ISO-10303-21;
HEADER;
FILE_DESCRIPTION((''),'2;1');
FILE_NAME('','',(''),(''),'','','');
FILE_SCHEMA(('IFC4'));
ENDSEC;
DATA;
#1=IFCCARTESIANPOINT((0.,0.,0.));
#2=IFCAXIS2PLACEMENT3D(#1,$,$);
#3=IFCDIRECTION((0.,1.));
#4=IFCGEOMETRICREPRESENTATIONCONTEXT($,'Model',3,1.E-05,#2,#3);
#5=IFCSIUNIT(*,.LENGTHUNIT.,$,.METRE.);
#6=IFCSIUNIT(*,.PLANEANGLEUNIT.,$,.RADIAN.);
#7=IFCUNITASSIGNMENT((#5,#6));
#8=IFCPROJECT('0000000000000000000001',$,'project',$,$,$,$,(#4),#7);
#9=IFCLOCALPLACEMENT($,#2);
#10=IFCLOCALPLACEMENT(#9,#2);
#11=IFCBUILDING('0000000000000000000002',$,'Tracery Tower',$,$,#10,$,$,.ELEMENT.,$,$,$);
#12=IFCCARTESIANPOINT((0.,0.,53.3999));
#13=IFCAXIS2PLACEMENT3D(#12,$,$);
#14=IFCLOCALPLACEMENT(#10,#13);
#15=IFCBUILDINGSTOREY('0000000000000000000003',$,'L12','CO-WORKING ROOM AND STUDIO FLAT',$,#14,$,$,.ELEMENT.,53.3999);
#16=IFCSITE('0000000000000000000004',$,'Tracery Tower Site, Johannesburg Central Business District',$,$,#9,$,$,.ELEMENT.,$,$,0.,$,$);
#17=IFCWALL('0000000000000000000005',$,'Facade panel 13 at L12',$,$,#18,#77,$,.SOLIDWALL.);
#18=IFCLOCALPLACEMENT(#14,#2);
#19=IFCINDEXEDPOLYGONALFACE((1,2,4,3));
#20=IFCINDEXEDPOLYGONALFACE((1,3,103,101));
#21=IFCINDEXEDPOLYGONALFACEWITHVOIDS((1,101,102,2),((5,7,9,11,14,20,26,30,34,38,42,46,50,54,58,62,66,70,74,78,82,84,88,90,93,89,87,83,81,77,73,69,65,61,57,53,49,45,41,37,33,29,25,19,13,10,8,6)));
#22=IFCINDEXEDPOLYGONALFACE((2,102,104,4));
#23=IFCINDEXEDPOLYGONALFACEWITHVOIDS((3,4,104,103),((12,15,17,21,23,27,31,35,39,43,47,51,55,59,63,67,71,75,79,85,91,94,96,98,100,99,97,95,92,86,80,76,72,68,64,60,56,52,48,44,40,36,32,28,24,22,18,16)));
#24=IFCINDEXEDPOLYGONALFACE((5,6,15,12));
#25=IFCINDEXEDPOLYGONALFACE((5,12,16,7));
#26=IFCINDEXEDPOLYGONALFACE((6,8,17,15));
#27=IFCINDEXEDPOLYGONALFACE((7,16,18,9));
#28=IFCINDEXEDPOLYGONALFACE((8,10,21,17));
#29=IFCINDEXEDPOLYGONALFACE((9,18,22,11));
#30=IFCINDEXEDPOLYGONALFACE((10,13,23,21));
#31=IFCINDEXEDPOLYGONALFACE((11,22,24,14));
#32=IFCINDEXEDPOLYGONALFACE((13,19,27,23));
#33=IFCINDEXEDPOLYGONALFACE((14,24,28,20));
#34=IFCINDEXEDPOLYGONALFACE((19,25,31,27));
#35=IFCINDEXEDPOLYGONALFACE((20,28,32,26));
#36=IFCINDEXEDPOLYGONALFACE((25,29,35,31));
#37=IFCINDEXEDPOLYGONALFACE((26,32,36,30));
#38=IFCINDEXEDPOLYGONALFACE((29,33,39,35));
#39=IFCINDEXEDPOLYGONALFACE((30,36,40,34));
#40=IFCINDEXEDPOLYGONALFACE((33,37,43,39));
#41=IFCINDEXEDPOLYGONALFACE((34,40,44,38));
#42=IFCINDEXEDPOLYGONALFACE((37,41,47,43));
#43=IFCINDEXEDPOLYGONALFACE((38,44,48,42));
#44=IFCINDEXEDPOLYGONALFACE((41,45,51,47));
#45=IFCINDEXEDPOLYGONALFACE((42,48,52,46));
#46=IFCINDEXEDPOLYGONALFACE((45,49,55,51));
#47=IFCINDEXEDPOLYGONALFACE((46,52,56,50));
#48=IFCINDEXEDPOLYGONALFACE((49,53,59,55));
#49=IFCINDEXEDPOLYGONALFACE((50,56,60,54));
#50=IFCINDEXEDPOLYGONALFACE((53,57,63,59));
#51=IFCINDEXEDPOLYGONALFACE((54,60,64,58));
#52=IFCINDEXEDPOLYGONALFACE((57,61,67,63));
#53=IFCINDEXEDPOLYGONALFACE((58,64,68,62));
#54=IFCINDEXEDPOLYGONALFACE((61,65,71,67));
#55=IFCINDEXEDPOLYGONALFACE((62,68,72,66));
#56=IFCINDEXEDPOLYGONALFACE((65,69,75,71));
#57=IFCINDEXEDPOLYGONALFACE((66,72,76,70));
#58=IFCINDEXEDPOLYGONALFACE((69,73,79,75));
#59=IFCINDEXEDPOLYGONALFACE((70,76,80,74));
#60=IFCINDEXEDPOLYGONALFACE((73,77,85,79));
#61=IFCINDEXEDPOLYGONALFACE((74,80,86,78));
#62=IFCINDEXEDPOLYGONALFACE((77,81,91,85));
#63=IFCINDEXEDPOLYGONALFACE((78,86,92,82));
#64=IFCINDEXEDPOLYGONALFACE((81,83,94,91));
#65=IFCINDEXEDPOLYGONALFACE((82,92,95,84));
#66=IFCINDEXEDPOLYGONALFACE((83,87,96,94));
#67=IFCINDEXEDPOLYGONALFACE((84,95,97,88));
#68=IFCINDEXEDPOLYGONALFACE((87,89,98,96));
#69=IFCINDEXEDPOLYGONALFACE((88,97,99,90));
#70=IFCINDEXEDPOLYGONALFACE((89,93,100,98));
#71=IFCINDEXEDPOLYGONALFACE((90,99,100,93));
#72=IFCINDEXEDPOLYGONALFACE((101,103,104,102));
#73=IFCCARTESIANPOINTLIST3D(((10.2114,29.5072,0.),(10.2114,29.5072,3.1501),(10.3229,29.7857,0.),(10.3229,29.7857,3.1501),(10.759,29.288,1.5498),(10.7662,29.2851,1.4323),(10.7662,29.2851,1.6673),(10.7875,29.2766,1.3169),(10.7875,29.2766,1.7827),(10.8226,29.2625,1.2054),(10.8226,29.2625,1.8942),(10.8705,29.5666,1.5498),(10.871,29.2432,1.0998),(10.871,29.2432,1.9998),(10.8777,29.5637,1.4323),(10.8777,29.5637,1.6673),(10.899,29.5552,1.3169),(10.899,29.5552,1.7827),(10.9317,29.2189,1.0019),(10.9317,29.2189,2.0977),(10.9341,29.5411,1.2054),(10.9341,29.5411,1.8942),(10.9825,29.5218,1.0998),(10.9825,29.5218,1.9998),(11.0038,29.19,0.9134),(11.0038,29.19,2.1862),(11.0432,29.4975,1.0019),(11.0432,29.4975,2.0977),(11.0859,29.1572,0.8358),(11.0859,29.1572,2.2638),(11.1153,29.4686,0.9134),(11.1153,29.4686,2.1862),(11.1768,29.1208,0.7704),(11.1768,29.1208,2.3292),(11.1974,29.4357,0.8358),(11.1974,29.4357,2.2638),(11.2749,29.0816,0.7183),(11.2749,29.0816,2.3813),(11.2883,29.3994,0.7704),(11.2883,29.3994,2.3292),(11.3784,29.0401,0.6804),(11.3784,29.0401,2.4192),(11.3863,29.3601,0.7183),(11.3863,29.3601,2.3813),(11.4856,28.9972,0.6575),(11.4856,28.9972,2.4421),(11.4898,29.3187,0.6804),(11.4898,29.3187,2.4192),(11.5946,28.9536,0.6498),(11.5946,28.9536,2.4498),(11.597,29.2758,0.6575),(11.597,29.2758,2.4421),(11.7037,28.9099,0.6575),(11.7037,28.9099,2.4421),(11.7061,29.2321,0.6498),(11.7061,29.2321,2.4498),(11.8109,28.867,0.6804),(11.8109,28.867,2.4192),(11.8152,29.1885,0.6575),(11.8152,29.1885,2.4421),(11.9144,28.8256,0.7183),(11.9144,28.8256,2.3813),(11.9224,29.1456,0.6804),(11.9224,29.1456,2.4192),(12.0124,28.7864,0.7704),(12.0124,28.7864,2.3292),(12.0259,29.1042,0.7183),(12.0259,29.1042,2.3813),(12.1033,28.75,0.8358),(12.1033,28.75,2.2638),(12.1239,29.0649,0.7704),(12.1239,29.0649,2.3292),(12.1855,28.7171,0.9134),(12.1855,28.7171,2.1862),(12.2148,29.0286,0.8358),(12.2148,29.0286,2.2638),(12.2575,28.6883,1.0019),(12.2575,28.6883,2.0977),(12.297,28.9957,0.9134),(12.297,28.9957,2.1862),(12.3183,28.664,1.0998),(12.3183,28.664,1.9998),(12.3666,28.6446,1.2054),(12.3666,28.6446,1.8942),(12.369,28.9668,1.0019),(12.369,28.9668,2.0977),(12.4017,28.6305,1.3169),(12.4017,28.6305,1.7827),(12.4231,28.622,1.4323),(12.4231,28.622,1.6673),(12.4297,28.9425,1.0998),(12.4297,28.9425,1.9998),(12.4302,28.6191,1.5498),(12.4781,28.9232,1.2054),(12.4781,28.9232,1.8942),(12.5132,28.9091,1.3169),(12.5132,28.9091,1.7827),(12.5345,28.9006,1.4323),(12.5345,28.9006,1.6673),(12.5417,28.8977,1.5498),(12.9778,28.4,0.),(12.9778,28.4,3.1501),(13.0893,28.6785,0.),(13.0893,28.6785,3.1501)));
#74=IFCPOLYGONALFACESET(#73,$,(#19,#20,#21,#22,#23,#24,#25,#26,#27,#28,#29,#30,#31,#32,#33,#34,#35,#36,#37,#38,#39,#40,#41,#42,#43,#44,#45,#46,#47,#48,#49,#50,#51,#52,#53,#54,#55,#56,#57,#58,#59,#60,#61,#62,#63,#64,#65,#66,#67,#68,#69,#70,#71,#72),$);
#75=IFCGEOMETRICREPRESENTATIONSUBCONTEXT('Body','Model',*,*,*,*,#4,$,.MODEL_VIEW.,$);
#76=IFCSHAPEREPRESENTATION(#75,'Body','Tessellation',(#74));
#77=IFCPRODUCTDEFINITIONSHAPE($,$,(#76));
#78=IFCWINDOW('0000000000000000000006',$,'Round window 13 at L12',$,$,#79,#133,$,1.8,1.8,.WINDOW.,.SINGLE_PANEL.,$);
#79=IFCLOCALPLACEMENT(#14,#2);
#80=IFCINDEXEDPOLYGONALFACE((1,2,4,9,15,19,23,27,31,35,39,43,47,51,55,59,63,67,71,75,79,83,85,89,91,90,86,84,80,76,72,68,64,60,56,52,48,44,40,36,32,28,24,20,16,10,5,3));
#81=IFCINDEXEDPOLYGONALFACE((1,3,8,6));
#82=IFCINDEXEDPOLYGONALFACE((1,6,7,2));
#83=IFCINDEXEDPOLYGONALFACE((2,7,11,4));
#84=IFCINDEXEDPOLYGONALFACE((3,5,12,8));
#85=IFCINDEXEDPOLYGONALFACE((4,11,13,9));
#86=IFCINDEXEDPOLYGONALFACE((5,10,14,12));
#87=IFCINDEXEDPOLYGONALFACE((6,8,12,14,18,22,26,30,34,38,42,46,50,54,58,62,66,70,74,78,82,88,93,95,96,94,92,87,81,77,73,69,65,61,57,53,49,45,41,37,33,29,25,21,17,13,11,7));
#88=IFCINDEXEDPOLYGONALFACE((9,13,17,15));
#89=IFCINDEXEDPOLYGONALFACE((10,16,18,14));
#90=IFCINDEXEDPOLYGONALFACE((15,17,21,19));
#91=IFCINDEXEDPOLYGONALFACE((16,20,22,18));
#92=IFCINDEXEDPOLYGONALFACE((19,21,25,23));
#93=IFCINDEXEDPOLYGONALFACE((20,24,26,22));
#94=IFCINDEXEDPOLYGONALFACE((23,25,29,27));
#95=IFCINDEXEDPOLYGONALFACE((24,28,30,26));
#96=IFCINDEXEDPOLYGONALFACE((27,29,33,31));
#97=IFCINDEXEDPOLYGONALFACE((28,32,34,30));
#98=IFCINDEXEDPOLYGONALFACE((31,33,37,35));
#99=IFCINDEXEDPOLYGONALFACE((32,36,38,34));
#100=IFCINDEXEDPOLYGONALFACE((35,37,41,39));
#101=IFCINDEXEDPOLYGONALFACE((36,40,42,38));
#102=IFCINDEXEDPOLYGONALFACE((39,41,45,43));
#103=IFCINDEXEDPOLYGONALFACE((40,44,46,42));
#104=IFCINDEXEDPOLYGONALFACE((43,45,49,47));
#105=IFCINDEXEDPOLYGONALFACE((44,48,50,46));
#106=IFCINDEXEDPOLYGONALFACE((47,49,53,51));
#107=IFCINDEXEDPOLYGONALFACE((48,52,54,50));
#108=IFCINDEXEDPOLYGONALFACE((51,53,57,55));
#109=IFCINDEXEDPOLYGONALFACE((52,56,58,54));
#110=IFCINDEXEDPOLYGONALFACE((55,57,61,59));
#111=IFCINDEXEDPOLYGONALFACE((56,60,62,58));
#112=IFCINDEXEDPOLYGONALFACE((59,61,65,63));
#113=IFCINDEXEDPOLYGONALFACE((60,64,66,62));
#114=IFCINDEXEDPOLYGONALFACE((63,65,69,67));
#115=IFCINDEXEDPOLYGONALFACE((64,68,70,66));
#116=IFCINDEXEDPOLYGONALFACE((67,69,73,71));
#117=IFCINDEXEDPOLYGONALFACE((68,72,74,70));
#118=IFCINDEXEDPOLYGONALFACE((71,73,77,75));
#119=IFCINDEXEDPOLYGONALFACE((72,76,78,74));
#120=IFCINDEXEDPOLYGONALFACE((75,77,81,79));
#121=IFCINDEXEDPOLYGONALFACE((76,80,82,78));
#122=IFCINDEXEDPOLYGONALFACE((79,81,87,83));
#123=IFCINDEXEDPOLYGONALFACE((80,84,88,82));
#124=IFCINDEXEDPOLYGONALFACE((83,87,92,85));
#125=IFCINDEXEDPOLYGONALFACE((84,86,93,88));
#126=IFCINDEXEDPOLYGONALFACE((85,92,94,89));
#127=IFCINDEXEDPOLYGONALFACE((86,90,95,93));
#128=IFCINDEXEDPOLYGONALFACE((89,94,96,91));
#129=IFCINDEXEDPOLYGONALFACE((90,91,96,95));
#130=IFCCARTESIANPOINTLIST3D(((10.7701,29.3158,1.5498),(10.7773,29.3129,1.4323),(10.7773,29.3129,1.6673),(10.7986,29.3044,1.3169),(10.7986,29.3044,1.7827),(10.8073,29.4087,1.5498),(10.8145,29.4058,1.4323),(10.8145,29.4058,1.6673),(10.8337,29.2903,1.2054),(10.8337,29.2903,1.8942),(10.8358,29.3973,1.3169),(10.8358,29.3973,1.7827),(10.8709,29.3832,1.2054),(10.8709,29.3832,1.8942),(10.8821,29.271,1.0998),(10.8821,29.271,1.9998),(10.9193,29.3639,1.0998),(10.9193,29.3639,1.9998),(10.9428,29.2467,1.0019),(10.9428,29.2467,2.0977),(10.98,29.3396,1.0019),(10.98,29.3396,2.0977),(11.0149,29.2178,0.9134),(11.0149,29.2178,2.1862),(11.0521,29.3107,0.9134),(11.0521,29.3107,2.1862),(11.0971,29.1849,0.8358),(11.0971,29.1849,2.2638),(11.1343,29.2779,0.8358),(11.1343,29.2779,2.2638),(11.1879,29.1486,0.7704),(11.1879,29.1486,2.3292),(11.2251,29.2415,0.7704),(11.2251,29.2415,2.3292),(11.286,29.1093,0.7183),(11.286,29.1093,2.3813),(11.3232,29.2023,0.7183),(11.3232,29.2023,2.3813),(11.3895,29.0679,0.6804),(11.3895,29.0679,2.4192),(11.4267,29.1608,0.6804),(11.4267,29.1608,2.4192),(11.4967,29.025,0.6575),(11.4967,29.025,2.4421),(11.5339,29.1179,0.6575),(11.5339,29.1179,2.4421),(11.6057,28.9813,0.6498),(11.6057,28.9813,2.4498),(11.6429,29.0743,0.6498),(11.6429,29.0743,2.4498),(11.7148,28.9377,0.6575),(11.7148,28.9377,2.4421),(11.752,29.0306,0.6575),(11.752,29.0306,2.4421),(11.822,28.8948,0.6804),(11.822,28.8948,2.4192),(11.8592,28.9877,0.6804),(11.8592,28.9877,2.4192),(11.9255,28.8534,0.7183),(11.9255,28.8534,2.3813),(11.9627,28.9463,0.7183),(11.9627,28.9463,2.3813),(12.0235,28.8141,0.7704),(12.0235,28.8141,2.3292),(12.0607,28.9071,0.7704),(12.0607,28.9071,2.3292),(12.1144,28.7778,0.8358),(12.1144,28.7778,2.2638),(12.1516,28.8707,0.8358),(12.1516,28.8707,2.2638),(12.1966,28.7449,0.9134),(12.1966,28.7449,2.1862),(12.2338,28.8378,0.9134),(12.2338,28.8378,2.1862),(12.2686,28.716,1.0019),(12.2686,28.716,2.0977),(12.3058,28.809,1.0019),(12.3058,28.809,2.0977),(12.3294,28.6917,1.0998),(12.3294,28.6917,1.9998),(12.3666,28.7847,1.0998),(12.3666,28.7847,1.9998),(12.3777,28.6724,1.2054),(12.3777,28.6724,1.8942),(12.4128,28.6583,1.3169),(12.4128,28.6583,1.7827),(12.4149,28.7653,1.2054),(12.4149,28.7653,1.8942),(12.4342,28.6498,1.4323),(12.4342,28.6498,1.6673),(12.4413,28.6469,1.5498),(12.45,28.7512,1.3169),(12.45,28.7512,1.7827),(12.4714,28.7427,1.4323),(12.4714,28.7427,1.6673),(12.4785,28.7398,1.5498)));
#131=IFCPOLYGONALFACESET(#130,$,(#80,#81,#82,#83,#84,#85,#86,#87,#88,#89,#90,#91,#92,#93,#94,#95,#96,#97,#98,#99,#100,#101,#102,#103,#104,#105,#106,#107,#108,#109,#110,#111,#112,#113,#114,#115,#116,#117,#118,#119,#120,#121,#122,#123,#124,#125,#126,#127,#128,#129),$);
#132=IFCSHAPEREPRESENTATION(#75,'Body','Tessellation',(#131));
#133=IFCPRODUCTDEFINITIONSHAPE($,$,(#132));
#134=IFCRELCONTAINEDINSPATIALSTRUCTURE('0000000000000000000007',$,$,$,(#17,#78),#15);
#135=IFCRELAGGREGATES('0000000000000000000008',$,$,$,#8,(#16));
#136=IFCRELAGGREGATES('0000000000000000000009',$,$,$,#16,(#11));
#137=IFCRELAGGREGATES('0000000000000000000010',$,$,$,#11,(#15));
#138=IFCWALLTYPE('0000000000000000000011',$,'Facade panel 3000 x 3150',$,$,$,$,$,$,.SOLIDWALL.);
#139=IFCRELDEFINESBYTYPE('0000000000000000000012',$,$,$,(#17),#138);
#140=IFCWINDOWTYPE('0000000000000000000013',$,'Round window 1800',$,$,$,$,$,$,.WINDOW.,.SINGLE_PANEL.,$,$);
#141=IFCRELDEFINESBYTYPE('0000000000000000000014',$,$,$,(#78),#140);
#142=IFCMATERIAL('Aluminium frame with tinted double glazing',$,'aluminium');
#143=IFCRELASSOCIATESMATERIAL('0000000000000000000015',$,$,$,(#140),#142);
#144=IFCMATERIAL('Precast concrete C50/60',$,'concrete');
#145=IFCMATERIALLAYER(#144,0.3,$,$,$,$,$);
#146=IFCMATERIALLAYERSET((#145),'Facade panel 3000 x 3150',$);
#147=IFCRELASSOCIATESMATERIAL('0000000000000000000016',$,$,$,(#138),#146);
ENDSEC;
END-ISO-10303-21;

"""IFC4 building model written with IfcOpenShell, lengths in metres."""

from ifc_helpers import new_model, si_unit, direction, frame, frame_2d, origin, origin_2d, place, context, subcontext, project, spatial, rectangle, circle, extrude, material, layer, layer_set, type_object, element, fill, save


model = new_model("IFC4")

# Units and contexts
model_context = context("Model", 3, precision=1e-05, world=origin(), true_north=direction((0.0, 1.0)))
body_context = subcontext(model_context, "Body", "Model", "MODEL_VIEW")
ifc_project = project(units=[si_unit("LENGTHUNIT", "METRE"), si_unit("PLANEANGLEUNIT", "RADIAN")], contexts=[model_context])

# Site, building, storey
site_placement = place(None, origin())
site = spatial("IfcSite", under=ifc_project, at=site_placement, Name="Tracery Tower Site, Johannesburg Central Business District", CompositionType="ELEMENT", RefElevation=0.0)
building_placement = place(site_placement, origin())
building = spatial("IfcBuilding", under=site, at=building_placement, Name="Tracery Tower", CompositionType="ELEMENT")
storey_placement = place(building_placement, frame((0.0, 0.0, 53.3999)))
storey = spatial("IfcBuildingStorey", under=building, at=storey_placement, Name="L12", Description="CO-WORKING ROOM AND STUDIO FLAT", CompositionType="ELEMENT", Elevation=53.3999)

# Wall, opening, window
ifc_material_1 = material(Name="Aluminium frame with tinted double glazing", Category="aluminium")
window_type = type_object("IfcWindowType", Name="Round window 1800", PartitioningType="SINGLE_PANEL", PredefinedType="WINDOW", material=ifc_material_1)
ifc_material_2 = material(Name="Precast concrete C50/60", Category="concrete")
ifc_layer_1 = layer(ifc_material_2, 0.3)
ifc_layer_set_1 = layer_set([ifc_layer_1], Name="Facade panel 3000 x 3150")
wall_type_1 = type_object("IfcWallType", Name="Facade panel 3000 x 3150", PredefinedType="SOLIDWALL", material=ifc_layer_set_1)
wall_1_placement = place(storey_placement, frame((13.0334, 28.5393, 0.0), z_axis=(0.0, 0.0, 1.0), x_axis=(-0.928403, 0.371574, 0.0)))
wall_1 = element("IfcWall", 1, at=wall_1_placement, inside=storey, type_object=wall_type_1, Name="Facade panel 13 at L12", PredefinedType="SOLIDWALL", context=body_context, shape_type="SweptSolid", body=[
    extrude(rectangle(XDim=2.9797, YDim=0.3, at=frame_2d((1.4897, 0.0))), origin(), (0.0, 0.0, 1.0), 3.1501),
])
opening_1_placement = place(wall_1_placement, frame((1.4897, 0.0, 1.5498)))
opening_1 = element("IfcOpeningElement", 2, at=opening_1_placement, cuts=wall_1, PredefinedType="OPENING", context=body_context, shape_type="SweptSolid", body=[
    extrude(circle(Radius=0.9, at=origin_2d()), frame((0.0, 0.1599, 0.0), z_axis=(0.0, -1.0, 0.0), x_axis=(1.0, 0.0, 0.0)), (0.0, 0.0, 1.0), 0.3201),
])
window_1_placement = place(opening_1_placement, origin())
window_1 = element("IfcWindow", 3, at=window_1_placement, inside=storey, type_object=window_type, Name="Round window 13 at L12", OverallHeight=1.8, OverallWidth=1.8, PartitioningType="SINGLE_PANEL", PredefinedType="WINDOW", context=body_context, shape_type="SweptSolid", body=[
    extrude(circle(Radius=0.9, at=origin_2d()), frame((0.0, 0.1201, 0.0), z_axis=(0.0, -1.0, 0.0), x_axis=(1.0, 0.0, 0.0)), (0.0, 0.0, 1.0), 0.1001),
])
fill(opening_1, window_1)

save(model, "model.ifc")
